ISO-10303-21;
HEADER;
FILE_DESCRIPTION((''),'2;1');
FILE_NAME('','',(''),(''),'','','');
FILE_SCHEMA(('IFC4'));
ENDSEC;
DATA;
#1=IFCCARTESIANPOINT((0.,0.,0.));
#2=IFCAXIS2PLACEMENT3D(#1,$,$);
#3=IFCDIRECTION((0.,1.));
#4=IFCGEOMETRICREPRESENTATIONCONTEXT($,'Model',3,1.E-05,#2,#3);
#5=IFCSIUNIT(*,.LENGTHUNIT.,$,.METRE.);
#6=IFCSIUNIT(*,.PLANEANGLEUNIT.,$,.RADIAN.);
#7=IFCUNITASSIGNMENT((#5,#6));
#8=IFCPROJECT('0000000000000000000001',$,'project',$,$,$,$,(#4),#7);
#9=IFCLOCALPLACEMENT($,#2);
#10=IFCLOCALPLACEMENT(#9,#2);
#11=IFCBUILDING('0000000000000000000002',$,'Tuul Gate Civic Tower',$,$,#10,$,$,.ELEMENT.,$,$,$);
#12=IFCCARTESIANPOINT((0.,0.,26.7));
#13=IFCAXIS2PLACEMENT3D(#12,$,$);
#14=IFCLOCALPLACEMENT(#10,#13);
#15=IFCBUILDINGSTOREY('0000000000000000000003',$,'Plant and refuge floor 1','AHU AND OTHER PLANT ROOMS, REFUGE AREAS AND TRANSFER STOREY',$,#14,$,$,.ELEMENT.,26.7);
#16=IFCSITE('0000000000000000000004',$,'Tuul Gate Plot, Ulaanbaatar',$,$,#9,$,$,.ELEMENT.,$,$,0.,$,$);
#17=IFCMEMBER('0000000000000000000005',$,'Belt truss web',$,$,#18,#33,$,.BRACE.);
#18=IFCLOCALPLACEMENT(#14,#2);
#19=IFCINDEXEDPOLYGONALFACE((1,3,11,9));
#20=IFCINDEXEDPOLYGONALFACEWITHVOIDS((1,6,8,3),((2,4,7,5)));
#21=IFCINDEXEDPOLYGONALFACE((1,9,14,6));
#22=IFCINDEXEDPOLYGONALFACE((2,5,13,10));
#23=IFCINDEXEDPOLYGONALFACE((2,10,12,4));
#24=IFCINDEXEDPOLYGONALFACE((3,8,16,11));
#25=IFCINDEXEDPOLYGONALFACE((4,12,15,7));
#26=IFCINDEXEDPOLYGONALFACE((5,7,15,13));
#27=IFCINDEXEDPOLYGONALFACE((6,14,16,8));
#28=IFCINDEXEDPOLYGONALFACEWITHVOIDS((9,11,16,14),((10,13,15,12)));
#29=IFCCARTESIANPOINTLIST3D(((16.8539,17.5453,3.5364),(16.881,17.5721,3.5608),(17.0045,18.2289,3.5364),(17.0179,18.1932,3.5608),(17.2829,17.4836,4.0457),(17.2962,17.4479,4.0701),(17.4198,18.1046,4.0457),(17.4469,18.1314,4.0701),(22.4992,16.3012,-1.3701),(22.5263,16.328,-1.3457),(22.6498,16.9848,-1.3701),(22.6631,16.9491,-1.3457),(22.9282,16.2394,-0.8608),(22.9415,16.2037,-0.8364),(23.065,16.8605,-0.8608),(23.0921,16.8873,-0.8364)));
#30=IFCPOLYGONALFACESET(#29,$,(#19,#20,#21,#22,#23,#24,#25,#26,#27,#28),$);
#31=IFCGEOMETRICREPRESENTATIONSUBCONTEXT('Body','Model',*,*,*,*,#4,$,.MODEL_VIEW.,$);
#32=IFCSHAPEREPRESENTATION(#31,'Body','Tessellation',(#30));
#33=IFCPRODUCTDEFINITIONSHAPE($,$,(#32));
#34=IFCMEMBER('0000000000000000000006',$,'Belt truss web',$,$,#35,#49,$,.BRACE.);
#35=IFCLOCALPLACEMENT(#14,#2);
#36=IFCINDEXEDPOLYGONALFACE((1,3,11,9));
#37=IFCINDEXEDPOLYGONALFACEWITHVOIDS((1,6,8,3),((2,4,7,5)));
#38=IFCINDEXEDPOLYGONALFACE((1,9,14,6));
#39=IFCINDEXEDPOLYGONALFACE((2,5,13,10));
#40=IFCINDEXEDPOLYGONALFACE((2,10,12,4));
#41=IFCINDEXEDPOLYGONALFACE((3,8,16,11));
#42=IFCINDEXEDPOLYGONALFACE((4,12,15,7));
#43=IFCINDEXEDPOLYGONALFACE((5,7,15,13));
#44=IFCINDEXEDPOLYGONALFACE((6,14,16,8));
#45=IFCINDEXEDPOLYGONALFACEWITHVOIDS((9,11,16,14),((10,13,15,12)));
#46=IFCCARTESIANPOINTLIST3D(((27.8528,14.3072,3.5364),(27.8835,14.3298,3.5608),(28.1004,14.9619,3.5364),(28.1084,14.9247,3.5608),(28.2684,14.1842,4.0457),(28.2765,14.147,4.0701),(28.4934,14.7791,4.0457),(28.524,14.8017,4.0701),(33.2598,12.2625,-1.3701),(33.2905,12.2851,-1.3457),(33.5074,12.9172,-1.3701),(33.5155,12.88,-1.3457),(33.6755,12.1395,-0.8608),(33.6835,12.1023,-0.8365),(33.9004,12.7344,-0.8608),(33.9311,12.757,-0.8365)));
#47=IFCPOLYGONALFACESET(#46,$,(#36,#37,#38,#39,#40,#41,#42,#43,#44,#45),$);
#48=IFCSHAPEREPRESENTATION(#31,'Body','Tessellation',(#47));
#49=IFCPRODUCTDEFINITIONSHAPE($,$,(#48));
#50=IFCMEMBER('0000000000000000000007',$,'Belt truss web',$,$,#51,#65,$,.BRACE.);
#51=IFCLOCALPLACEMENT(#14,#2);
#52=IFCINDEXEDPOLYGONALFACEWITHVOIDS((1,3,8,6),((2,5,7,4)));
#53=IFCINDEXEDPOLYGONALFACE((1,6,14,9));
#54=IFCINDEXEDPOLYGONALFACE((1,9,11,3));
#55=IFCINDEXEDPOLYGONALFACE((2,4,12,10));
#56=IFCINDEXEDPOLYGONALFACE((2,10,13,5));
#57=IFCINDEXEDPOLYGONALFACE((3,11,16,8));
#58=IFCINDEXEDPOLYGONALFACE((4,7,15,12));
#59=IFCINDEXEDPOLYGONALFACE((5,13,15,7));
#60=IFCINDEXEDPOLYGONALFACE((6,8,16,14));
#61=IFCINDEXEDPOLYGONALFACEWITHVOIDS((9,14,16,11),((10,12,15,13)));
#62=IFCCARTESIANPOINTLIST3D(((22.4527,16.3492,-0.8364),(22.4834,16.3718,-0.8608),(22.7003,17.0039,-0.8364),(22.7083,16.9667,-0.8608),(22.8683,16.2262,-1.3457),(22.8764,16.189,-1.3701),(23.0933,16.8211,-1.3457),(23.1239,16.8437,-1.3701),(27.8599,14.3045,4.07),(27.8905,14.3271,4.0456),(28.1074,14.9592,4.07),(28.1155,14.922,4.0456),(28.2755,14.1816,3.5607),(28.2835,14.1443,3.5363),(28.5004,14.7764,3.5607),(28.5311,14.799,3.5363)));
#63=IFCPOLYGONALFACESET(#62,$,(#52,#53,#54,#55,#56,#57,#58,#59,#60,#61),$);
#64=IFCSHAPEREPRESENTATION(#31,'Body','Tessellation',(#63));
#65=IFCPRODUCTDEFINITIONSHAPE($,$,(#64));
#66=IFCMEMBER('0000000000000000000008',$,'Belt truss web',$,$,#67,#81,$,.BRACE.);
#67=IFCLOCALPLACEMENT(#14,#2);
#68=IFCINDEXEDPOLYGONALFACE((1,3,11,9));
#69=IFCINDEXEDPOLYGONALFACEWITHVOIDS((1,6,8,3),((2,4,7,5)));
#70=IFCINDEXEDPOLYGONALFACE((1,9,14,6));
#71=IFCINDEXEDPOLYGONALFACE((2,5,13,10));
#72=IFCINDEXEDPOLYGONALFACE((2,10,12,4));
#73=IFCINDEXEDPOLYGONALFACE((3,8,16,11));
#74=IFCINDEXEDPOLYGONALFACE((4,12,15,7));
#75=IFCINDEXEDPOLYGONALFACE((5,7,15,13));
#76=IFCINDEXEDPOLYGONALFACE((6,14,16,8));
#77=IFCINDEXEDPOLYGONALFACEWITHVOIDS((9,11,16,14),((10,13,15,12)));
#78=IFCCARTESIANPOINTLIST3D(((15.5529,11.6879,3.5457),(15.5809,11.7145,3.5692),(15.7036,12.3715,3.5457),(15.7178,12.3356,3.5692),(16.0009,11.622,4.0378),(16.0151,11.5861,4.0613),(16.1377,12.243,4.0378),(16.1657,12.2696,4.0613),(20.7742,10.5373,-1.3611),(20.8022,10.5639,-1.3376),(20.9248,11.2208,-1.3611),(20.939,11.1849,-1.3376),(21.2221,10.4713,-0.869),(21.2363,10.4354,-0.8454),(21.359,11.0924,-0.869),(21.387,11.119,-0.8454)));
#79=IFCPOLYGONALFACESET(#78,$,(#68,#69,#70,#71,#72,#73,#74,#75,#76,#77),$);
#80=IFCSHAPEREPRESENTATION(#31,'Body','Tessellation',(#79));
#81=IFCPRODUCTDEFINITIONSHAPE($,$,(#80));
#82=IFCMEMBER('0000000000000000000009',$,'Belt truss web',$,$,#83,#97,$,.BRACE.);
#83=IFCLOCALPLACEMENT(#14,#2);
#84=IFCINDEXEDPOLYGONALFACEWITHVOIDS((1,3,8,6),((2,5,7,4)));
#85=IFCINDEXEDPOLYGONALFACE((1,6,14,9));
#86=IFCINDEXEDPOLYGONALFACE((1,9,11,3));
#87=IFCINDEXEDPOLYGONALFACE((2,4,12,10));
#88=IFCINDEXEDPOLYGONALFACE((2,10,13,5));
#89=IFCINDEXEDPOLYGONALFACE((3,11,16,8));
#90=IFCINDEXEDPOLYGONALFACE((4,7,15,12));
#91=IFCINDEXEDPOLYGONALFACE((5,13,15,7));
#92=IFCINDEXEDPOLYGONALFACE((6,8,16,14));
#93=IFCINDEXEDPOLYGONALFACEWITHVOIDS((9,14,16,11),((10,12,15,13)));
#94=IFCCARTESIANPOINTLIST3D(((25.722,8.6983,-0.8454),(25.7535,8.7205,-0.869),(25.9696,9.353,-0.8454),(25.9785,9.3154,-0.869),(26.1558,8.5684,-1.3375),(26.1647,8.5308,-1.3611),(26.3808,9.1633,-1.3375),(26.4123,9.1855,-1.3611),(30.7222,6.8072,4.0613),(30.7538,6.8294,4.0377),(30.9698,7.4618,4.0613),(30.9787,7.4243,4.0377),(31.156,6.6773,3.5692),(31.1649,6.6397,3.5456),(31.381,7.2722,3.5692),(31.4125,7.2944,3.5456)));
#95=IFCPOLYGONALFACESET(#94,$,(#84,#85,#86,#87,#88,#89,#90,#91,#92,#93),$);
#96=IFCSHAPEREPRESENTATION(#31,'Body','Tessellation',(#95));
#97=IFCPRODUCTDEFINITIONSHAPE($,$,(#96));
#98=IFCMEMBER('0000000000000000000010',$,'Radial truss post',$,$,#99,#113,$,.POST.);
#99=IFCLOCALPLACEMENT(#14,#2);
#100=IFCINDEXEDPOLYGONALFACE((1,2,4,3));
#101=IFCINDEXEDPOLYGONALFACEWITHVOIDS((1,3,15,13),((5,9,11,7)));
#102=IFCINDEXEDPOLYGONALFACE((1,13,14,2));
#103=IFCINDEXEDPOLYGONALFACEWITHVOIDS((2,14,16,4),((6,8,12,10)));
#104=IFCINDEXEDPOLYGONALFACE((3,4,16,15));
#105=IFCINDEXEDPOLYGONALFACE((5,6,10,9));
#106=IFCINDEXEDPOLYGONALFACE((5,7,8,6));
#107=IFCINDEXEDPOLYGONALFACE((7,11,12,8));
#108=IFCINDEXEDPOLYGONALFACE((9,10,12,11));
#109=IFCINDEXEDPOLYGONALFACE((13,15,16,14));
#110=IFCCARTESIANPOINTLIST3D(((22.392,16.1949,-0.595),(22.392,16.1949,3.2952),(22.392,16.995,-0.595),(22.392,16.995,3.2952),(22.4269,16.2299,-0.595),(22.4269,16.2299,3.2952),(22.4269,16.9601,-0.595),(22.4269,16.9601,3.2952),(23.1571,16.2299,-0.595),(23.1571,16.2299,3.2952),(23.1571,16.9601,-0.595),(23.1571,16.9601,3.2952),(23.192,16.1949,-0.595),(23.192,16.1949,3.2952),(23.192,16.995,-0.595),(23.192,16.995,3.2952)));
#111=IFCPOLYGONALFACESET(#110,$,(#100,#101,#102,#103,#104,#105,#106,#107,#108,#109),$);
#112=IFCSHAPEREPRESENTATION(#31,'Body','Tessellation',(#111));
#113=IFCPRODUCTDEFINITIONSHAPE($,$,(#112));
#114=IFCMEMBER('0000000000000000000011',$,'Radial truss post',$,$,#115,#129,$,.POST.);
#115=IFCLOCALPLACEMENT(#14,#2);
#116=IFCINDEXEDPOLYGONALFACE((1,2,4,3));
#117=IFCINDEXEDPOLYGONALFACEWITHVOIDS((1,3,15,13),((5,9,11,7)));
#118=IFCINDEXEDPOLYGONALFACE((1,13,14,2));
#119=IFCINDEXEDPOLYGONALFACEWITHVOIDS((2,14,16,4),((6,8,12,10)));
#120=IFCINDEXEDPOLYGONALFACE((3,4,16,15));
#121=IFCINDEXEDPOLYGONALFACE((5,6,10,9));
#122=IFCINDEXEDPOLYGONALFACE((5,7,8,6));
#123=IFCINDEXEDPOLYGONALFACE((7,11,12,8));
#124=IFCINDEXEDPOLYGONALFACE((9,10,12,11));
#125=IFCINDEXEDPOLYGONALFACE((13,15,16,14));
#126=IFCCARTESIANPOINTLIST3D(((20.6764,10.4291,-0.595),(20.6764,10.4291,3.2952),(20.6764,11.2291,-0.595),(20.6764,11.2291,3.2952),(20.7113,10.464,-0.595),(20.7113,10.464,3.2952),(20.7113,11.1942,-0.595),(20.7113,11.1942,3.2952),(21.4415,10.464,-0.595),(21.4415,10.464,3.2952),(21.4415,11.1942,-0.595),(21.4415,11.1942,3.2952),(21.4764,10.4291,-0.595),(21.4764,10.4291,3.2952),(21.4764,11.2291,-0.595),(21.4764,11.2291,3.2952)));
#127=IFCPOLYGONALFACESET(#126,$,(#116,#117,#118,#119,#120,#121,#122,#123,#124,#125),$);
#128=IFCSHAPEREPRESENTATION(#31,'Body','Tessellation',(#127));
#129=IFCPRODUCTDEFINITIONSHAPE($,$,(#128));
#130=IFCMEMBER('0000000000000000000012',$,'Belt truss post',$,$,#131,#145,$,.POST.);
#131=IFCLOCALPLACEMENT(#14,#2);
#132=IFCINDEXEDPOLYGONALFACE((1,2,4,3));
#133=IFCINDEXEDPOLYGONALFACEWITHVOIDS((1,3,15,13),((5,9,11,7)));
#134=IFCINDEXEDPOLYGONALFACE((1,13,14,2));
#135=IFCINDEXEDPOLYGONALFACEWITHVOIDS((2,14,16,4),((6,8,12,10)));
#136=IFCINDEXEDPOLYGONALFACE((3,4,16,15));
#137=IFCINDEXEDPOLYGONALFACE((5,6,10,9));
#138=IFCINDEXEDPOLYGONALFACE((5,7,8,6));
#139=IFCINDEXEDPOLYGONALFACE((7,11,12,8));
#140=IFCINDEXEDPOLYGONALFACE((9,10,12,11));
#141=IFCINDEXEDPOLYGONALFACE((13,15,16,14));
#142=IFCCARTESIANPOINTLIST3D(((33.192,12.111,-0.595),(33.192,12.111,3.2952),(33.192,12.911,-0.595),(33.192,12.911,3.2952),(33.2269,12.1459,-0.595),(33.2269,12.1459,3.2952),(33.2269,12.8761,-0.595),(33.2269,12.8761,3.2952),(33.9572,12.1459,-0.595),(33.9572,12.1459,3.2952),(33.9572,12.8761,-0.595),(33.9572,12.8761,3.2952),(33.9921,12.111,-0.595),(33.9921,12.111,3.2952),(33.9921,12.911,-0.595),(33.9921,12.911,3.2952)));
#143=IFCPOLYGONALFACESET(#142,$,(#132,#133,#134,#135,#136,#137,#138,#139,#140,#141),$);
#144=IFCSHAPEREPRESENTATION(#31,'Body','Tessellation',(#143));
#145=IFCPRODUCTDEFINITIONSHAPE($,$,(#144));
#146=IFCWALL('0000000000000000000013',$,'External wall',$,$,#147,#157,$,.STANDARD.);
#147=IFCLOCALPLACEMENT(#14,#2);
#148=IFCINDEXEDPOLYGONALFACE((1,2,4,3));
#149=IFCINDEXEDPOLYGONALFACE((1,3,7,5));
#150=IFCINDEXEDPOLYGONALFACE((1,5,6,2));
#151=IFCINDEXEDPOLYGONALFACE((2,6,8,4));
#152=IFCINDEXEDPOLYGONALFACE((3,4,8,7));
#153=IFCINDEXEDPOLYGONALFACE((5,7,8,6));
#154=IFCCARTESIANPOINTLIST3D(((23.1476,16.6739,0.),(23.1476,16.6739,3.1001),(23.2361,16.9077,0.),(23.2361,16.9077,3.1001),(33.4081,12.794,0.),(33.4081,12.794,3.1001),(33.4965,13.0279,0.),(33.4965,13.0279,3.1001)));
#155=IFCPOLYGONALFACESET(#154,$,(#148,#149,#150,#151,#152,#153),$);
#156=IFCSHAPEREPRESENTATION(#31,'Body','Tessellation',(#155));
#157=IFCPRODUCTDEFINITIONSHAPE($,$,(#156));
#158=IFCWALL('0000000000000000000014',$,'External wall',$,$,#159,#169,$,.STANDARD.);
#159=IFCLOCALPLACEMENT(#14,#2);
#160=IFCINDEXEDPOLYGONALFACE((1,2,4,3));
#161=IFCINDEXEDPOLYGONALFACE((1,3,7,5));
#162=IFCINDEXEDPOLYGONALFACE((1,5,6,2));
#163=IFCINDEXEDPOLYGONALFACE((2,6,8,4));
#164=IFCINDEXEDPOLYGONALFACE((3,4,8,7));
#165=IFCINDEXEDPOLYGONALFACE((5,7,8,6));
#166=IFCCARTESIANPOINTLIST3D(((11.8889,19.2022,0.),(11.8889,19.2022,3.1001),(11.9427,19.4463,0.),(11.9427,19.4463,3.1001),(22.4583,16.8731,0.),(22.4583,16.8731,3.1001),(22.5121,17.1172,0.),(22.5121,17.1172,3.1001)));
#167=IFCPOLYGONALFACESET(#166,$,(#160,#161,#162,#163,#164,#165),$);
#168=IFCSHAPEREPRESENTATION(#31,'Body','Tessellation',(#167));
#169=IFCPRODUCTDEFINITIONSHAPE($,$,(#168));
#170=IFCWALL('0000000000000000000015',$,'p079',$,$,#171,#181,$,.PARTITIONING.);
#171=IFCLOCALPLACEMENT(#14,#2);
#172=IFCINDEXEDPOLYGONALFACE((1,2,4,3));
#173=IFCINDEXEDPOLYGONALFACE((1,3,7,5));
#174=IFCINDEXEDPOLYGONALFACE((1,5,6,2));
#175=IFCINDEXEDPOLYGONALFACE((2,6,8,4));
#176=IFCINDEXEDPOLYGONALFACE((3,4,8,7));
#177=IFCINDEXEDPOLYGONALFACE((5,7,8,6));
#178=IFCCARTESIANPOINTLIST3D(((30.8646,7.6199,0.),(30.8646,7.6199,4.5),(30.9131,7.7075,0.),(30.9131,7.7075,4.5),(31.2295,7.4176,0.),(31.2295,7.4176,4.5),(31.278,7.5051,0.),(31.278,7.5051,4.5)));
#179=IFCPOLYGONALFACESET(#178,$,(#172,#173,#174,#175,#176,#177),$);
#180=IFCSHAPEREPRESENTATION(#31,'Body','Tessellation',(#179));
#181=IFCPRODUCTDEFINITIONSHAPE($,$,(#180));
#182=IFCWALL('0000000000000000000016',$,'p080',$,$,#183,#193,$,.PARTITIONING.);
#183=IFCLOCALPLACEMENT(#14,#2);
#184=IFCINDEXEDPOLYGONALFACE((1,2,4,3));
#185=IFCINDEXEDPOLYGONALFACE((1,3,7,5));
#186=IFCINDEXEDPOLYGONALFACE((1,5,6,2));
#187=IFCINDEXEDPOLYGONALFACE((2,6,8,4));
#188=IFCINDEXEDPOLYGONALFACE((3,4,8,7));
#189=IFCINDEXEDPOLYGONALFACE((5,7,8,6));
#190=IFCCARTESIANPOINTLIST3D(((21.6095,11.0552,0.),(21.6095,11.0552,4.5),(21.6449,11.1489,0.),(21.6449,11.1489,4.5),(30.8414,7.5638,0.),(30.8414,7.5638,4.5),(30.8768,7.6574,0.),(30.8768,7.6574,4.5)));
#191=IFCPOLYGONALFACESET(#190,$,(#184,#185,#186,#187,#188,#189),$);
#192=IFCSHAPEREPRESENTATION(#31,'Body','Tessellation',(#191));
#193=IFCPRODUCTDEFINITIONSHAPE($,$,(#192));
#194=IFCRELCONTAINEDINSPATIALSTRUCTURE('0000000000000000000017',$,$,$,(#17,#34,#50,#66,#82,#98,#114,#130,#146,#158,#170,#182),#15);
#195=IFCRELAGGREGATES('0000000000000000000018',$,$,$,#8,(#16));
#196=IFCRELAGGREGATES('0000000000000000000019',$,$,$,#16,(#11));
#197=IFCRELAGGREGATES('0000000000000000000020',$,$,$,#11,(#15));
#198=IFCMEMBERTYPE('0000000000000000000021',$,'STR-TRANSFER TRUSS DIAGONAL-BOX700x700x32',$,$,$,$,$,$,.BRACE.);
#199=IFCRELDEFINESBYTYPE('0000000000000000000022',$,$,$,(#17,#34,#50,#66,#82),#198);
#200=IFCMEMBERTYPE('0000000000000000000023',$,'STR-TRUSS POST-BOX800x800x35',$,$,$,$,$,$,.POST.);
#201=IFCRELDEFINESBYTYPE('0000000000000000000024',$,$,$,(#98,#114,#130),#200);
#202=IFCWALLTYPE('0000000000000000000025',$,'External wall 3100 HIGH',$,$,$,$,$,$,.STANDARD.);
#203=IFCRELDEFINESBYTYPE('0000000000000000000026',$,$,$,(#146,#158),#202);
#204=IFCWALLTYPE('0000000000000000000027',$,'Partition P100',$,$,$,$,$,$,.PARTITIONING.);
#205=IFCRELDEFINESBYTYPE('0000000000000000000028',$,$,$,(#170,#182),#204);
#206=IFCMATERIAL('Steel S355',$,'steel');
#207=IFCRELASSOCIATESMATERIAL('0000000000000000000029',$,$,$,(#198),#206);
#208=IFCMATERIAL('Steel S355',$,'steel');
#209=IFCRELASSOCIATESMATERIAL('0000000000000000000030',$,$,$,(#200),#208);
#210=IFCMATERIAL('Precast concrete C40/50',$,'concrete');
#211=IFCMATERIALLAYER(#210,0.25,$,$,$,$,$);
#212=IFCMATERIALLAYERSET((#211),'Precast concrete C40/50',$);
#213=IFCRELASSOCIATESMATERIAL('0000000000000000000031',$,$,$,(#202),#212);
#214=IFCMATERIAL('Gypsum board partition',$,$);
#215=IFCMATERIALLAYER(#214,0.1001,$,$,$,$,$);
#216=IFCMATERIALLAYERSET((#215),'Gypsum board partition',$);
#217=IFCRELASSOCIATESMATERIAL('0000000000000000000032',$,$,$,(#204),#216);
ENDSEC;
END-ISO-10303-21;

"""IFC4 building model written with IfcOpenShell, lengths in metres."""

from ifc_helpers import new_model, si_unit, direction, frame, frame_2d, origin, origin_2d, place, context, subcontext, project, spatial, rectangle, hollow_rectangle, extrude, material, layer, layer_set, material_profile, profile_set, type_object, element, save


model = new_model("IFC4")

# Units and contexts
model_context = context("Model", 3, precision=1e-05, world=origin(), true_north=direction((0.0, 1.0)))
body_context = subcontext(model_context, "Body", "Model", "MODEL_VIEW")
ifc_project = project(units=[si_unit("LENGTHUNIT", "METRE"), si_unit("PLANEANGLEUNIT", "RADIAN")], contexts=[model_context])

# Site, building, storey
site_placement = place(None, origin())
site = spatial("IfcSite", under=ifc_project, at=site_placement, Name="Tuul Gate Plot, Ulaanbaatar", CompositionType="ELEMENT", RefElevation=0.0)
building_placement = place(site_placement, origin())
building = spatial("IfcBuilding", under=site, at=building_placement, Name="Tuul Gate Civic Tower", CompositionType="ELEMENT")
storey_placement = place(building_placement, frame((0.0, 0.0, 26.7)))
storey = spatial("IfcBuildingStorey", under=building, at=storey_placement, Name="Plant and refuge floor 1", Description="AHU AND OTHER PLANT ROOMS, REFUGE AREAS AND TRANSFER STOREY", CompositionType="ELEMENT", Elevation=26.7)

# Members
ifc_material_1 = material(Name="Steel S355", Category="steel")
ifc_material_profile_1 = material_profile(ifc_material_1, hollow_rectangle(XDim=0.7, YDim=0.7, WallThickness=0.032, at=origin_2d()), Name="BOX700x700x32")
ifc_profile_set_1 = profile_set([ifc_material_profile_1], Name="Steel S355")
member_type_1 = type_object("IfcMemberType", Name="STR-TRANSFER TRUSS DIAGONAL-BOX700x700x32", PredefinedType="BRACE", material=ifc_profile_set_1)
for number, where, z_axis, x_axis, name in (
    (1, (22.7957, 16.5942, -1.1033), (-0.744536, 0.164086, 0.647102), (-0.215222, -0.976565, 0.0), "Belt truss web"),
    (2, (33.5955, 12.5098, -1.1033), (-0.713115, 0.269668, 0.647106), (-0.353709, -0.935355, 0.0), "Belt truss web"),
    (3, (22.7883, 16.5964, -1.1033), (0.71313, -0.269662, 0.647092), (0.353695, 0.935361, 0.0), "Belt truss web"),
):
    element("IfcMember", number, at=place(storey_placement, frame(where, z_axis=z_axis, x_axis=x_axis)), inside=storey, type_object=member_type_1, Name=name, PredefinedType="BRACE", context=body_context, shape_type="SweptSolid", body=[
        extrude(hollow_rectangle(XDim=0.7, YDim=0.7, WallThickness=0.032, at=origin_2d()), origin(), (0.0, 0.0, 1.0), 7.5823),
    ])
member_1_placement = place(storey_placement, frame((21.0806, 10.8281, -1.1033), z_axis=(-0.719491, 0.15856, 0.676159), x_axis=(-0.215214, -0.976567, 0.0)))
element("IfcMember", 4, at=member_1_placement, inside=storey, type_object=member_type_1, Name="Belt truss web", PredefinedType="BRACE", context=body_context, shape_type="SweptSolid", body=[
    extrude(hollow_rectangle(XDim=0.7, YDim=0.7, WallThickness=0.032, at=origin_2d()), origin(), (0.0, 0.0, 1.0), 7.2568),
])
member_2_placement = place(storey_placement, frame((26.0671, 8.9419, -1.1033), z_axis=(0.689084, -0.260614, 0.676198), x_axis=(0.35375, 0.93534, 0.0)))
element("IfcMember", 5, at=member_2_placement, inside=storey, type_object=member_type_1, Name="Belt truss web", PredefinedType="BRACE", context=body_context, shape_type="SweptSolid", body=[
    extrude(hollow_rectangle(XDim=0.7, YDim=0.7, WallThickness=0.032, at=origin_2d()), origin(), (0.0, 0.0, 1.0), 7.2563),
])
ifc_material_2 = material(Name="Steel S355", Category="steel")
ifc_material_profile_2 = material_profile(ifc_material_2, hollow_rectangle(XDim=0.8, YDim=0.8, WallThickness=0.0349, at=origin_2d()), Name="BOX800x800x35")
ifc_profile_set_2 = profile_set([ifc_material_profile_2], Name="Steel S355")
member_type_2 = type_object("IfcMemberType", Name="STR-TRUSS POST-BOX800x800x35", PredefinedType="POST", material=ifc_profile_set_2)
for number, where, z_axis, x_axis, name in (
    (6, (22.792, 16.595, -0.595), (0.0, 0.0, 1.0), (1.0, 0.0, 0.0), "Radial truss post"),
    (7, (21.0764, 10.8291, -0.595), (0.0, 0.0, 1.0), (1.0, 0.0, 0.0), "Radial truss post"),
    (8, (33.592, 12.511, -0.595), (0.0, 0.0, 1.0), (1.0, 0.0, 0.0), "Belt truss post"),
):
    element("IfcMember", number, at=place(storey_placement, frame(where, z_axis=z_axis, x_axis=x_axis)), inside=storey, type_object=member_type_2, Name=name, PredefinedType="POST", context=body_context, shape_type="SweptSolid", body=[
        extrude(hollow_rectangle(XDim=0.8, YDim=0.8, WallThickness=0.0349, at=origin_2d()), origin(), (0.0, 0.0, 1.0), 3.8901),
    ])

# Walls
ifc_material_3 = material(Name="Precast concrete C40/50", Category="concrete")
ifc_layer_1 = layer(ifc_material_3, 0.25)
ifc_layer_set_1 = layer_set([ifc_layer_1], Name="Precast concrete C40/50")
wall_type_1 = type_object("IfcWallType", Name="External wall 3100 HIGH", PredefinedType="STANDARD", material=ifc_layer_set_1)
wall_1_placement = place(storey_placement, frame((33.4524, 12.9109, 0.0), z_axis=(0.0, 0.0, 1.0), x_axis=(-0.935361, 0.353695, 0.0)))
element("IfcWall", 9, at=wall_1_placement, inside=storey, type_object=wall_type_1, Name="External wall", PredefinedType="STANDARD", context=body_context, shape_type="SweptSolid", body=[
    extrude(rectangle(XDim=10.9695, YDim=0.25, at=frame_2d((5.4849, 0.0))), origin(), (0.0, 0.0, 1.0), 3.1001),
])
wall_2_placement = place(storey_placement, frame((22.4854, 16.9951, 0.0), z_axis=(0.0, 0.0, 1.0), x_axis=(-0.97657, 0.215201, 0.0)))
element("IfcWall", 10, at=wall_2_placement, inside=storey, type_object=wall_type_1, Name="External wall", PredefinedType="STANDARD", context=body_context, shape_type="SweptSolid", body=[
    extrude(rectangle(XDim=10.823, YDim=0.25, at=frame_2d((5.4116, 0.0))), origin(), (0.0, 0.0, 1.0), 3.1001),
])
ifc_material_4 = material(Name="Gypsum board partition")
ifc_layer_2 = layer(ifc_material_4, 0.1001)
ifc_layer_set_2 = layer_set([ifc_layer_2], Name="Gypsum board partition")
wall_type_2 = type_object("IfcWallType", Name="Partition P100", PredefinedType="PARTITIONING", material=ifc_layer_set_2)
wall_3_placement = place(storey_placement, frame((31.2537, 7.4614, 0.0), z_axis=(0.0, 0.0, 1.0), x_axis=(-0.874543, 0.484947, 0.0)))
element("IfcWall", 11, at=wall_3_placement, inside=storey, type_object=wall_type_2, Name="p079", PredefinedType="PARTITIONING", context=body_context, shape_type="SweptSolid", body=[
    extrude(rectangle(XDim=0.4172, YDim=0.1001, at=frame_2d((0.2085, 0.0))), origin(), (0.0, 0.0, 1.0), 4.5),
])
wall_4_placement = place(storey_placement, frame((30.8591, 7.6106, 0.0), z_axis=(0.0, 0.0, 1.0), x_axis=(-0.935344, 0.353741, 0.0)))
element("IfcWall", 12, at=wall_4_placement, inside=storey, type_object=wall_type_2, Name="p080", PredefinedType="PARTITIONING", context=body_context, shape_type="SweptSolid", body=[
    extrude(rectangle(XDim=9.8701, YDim=0.1001, at=frame_2d((4.9351, 0.0))), origin(), (0.0, 0.0, 1.0), 4.5),
])

save(model, "model.ifc")
